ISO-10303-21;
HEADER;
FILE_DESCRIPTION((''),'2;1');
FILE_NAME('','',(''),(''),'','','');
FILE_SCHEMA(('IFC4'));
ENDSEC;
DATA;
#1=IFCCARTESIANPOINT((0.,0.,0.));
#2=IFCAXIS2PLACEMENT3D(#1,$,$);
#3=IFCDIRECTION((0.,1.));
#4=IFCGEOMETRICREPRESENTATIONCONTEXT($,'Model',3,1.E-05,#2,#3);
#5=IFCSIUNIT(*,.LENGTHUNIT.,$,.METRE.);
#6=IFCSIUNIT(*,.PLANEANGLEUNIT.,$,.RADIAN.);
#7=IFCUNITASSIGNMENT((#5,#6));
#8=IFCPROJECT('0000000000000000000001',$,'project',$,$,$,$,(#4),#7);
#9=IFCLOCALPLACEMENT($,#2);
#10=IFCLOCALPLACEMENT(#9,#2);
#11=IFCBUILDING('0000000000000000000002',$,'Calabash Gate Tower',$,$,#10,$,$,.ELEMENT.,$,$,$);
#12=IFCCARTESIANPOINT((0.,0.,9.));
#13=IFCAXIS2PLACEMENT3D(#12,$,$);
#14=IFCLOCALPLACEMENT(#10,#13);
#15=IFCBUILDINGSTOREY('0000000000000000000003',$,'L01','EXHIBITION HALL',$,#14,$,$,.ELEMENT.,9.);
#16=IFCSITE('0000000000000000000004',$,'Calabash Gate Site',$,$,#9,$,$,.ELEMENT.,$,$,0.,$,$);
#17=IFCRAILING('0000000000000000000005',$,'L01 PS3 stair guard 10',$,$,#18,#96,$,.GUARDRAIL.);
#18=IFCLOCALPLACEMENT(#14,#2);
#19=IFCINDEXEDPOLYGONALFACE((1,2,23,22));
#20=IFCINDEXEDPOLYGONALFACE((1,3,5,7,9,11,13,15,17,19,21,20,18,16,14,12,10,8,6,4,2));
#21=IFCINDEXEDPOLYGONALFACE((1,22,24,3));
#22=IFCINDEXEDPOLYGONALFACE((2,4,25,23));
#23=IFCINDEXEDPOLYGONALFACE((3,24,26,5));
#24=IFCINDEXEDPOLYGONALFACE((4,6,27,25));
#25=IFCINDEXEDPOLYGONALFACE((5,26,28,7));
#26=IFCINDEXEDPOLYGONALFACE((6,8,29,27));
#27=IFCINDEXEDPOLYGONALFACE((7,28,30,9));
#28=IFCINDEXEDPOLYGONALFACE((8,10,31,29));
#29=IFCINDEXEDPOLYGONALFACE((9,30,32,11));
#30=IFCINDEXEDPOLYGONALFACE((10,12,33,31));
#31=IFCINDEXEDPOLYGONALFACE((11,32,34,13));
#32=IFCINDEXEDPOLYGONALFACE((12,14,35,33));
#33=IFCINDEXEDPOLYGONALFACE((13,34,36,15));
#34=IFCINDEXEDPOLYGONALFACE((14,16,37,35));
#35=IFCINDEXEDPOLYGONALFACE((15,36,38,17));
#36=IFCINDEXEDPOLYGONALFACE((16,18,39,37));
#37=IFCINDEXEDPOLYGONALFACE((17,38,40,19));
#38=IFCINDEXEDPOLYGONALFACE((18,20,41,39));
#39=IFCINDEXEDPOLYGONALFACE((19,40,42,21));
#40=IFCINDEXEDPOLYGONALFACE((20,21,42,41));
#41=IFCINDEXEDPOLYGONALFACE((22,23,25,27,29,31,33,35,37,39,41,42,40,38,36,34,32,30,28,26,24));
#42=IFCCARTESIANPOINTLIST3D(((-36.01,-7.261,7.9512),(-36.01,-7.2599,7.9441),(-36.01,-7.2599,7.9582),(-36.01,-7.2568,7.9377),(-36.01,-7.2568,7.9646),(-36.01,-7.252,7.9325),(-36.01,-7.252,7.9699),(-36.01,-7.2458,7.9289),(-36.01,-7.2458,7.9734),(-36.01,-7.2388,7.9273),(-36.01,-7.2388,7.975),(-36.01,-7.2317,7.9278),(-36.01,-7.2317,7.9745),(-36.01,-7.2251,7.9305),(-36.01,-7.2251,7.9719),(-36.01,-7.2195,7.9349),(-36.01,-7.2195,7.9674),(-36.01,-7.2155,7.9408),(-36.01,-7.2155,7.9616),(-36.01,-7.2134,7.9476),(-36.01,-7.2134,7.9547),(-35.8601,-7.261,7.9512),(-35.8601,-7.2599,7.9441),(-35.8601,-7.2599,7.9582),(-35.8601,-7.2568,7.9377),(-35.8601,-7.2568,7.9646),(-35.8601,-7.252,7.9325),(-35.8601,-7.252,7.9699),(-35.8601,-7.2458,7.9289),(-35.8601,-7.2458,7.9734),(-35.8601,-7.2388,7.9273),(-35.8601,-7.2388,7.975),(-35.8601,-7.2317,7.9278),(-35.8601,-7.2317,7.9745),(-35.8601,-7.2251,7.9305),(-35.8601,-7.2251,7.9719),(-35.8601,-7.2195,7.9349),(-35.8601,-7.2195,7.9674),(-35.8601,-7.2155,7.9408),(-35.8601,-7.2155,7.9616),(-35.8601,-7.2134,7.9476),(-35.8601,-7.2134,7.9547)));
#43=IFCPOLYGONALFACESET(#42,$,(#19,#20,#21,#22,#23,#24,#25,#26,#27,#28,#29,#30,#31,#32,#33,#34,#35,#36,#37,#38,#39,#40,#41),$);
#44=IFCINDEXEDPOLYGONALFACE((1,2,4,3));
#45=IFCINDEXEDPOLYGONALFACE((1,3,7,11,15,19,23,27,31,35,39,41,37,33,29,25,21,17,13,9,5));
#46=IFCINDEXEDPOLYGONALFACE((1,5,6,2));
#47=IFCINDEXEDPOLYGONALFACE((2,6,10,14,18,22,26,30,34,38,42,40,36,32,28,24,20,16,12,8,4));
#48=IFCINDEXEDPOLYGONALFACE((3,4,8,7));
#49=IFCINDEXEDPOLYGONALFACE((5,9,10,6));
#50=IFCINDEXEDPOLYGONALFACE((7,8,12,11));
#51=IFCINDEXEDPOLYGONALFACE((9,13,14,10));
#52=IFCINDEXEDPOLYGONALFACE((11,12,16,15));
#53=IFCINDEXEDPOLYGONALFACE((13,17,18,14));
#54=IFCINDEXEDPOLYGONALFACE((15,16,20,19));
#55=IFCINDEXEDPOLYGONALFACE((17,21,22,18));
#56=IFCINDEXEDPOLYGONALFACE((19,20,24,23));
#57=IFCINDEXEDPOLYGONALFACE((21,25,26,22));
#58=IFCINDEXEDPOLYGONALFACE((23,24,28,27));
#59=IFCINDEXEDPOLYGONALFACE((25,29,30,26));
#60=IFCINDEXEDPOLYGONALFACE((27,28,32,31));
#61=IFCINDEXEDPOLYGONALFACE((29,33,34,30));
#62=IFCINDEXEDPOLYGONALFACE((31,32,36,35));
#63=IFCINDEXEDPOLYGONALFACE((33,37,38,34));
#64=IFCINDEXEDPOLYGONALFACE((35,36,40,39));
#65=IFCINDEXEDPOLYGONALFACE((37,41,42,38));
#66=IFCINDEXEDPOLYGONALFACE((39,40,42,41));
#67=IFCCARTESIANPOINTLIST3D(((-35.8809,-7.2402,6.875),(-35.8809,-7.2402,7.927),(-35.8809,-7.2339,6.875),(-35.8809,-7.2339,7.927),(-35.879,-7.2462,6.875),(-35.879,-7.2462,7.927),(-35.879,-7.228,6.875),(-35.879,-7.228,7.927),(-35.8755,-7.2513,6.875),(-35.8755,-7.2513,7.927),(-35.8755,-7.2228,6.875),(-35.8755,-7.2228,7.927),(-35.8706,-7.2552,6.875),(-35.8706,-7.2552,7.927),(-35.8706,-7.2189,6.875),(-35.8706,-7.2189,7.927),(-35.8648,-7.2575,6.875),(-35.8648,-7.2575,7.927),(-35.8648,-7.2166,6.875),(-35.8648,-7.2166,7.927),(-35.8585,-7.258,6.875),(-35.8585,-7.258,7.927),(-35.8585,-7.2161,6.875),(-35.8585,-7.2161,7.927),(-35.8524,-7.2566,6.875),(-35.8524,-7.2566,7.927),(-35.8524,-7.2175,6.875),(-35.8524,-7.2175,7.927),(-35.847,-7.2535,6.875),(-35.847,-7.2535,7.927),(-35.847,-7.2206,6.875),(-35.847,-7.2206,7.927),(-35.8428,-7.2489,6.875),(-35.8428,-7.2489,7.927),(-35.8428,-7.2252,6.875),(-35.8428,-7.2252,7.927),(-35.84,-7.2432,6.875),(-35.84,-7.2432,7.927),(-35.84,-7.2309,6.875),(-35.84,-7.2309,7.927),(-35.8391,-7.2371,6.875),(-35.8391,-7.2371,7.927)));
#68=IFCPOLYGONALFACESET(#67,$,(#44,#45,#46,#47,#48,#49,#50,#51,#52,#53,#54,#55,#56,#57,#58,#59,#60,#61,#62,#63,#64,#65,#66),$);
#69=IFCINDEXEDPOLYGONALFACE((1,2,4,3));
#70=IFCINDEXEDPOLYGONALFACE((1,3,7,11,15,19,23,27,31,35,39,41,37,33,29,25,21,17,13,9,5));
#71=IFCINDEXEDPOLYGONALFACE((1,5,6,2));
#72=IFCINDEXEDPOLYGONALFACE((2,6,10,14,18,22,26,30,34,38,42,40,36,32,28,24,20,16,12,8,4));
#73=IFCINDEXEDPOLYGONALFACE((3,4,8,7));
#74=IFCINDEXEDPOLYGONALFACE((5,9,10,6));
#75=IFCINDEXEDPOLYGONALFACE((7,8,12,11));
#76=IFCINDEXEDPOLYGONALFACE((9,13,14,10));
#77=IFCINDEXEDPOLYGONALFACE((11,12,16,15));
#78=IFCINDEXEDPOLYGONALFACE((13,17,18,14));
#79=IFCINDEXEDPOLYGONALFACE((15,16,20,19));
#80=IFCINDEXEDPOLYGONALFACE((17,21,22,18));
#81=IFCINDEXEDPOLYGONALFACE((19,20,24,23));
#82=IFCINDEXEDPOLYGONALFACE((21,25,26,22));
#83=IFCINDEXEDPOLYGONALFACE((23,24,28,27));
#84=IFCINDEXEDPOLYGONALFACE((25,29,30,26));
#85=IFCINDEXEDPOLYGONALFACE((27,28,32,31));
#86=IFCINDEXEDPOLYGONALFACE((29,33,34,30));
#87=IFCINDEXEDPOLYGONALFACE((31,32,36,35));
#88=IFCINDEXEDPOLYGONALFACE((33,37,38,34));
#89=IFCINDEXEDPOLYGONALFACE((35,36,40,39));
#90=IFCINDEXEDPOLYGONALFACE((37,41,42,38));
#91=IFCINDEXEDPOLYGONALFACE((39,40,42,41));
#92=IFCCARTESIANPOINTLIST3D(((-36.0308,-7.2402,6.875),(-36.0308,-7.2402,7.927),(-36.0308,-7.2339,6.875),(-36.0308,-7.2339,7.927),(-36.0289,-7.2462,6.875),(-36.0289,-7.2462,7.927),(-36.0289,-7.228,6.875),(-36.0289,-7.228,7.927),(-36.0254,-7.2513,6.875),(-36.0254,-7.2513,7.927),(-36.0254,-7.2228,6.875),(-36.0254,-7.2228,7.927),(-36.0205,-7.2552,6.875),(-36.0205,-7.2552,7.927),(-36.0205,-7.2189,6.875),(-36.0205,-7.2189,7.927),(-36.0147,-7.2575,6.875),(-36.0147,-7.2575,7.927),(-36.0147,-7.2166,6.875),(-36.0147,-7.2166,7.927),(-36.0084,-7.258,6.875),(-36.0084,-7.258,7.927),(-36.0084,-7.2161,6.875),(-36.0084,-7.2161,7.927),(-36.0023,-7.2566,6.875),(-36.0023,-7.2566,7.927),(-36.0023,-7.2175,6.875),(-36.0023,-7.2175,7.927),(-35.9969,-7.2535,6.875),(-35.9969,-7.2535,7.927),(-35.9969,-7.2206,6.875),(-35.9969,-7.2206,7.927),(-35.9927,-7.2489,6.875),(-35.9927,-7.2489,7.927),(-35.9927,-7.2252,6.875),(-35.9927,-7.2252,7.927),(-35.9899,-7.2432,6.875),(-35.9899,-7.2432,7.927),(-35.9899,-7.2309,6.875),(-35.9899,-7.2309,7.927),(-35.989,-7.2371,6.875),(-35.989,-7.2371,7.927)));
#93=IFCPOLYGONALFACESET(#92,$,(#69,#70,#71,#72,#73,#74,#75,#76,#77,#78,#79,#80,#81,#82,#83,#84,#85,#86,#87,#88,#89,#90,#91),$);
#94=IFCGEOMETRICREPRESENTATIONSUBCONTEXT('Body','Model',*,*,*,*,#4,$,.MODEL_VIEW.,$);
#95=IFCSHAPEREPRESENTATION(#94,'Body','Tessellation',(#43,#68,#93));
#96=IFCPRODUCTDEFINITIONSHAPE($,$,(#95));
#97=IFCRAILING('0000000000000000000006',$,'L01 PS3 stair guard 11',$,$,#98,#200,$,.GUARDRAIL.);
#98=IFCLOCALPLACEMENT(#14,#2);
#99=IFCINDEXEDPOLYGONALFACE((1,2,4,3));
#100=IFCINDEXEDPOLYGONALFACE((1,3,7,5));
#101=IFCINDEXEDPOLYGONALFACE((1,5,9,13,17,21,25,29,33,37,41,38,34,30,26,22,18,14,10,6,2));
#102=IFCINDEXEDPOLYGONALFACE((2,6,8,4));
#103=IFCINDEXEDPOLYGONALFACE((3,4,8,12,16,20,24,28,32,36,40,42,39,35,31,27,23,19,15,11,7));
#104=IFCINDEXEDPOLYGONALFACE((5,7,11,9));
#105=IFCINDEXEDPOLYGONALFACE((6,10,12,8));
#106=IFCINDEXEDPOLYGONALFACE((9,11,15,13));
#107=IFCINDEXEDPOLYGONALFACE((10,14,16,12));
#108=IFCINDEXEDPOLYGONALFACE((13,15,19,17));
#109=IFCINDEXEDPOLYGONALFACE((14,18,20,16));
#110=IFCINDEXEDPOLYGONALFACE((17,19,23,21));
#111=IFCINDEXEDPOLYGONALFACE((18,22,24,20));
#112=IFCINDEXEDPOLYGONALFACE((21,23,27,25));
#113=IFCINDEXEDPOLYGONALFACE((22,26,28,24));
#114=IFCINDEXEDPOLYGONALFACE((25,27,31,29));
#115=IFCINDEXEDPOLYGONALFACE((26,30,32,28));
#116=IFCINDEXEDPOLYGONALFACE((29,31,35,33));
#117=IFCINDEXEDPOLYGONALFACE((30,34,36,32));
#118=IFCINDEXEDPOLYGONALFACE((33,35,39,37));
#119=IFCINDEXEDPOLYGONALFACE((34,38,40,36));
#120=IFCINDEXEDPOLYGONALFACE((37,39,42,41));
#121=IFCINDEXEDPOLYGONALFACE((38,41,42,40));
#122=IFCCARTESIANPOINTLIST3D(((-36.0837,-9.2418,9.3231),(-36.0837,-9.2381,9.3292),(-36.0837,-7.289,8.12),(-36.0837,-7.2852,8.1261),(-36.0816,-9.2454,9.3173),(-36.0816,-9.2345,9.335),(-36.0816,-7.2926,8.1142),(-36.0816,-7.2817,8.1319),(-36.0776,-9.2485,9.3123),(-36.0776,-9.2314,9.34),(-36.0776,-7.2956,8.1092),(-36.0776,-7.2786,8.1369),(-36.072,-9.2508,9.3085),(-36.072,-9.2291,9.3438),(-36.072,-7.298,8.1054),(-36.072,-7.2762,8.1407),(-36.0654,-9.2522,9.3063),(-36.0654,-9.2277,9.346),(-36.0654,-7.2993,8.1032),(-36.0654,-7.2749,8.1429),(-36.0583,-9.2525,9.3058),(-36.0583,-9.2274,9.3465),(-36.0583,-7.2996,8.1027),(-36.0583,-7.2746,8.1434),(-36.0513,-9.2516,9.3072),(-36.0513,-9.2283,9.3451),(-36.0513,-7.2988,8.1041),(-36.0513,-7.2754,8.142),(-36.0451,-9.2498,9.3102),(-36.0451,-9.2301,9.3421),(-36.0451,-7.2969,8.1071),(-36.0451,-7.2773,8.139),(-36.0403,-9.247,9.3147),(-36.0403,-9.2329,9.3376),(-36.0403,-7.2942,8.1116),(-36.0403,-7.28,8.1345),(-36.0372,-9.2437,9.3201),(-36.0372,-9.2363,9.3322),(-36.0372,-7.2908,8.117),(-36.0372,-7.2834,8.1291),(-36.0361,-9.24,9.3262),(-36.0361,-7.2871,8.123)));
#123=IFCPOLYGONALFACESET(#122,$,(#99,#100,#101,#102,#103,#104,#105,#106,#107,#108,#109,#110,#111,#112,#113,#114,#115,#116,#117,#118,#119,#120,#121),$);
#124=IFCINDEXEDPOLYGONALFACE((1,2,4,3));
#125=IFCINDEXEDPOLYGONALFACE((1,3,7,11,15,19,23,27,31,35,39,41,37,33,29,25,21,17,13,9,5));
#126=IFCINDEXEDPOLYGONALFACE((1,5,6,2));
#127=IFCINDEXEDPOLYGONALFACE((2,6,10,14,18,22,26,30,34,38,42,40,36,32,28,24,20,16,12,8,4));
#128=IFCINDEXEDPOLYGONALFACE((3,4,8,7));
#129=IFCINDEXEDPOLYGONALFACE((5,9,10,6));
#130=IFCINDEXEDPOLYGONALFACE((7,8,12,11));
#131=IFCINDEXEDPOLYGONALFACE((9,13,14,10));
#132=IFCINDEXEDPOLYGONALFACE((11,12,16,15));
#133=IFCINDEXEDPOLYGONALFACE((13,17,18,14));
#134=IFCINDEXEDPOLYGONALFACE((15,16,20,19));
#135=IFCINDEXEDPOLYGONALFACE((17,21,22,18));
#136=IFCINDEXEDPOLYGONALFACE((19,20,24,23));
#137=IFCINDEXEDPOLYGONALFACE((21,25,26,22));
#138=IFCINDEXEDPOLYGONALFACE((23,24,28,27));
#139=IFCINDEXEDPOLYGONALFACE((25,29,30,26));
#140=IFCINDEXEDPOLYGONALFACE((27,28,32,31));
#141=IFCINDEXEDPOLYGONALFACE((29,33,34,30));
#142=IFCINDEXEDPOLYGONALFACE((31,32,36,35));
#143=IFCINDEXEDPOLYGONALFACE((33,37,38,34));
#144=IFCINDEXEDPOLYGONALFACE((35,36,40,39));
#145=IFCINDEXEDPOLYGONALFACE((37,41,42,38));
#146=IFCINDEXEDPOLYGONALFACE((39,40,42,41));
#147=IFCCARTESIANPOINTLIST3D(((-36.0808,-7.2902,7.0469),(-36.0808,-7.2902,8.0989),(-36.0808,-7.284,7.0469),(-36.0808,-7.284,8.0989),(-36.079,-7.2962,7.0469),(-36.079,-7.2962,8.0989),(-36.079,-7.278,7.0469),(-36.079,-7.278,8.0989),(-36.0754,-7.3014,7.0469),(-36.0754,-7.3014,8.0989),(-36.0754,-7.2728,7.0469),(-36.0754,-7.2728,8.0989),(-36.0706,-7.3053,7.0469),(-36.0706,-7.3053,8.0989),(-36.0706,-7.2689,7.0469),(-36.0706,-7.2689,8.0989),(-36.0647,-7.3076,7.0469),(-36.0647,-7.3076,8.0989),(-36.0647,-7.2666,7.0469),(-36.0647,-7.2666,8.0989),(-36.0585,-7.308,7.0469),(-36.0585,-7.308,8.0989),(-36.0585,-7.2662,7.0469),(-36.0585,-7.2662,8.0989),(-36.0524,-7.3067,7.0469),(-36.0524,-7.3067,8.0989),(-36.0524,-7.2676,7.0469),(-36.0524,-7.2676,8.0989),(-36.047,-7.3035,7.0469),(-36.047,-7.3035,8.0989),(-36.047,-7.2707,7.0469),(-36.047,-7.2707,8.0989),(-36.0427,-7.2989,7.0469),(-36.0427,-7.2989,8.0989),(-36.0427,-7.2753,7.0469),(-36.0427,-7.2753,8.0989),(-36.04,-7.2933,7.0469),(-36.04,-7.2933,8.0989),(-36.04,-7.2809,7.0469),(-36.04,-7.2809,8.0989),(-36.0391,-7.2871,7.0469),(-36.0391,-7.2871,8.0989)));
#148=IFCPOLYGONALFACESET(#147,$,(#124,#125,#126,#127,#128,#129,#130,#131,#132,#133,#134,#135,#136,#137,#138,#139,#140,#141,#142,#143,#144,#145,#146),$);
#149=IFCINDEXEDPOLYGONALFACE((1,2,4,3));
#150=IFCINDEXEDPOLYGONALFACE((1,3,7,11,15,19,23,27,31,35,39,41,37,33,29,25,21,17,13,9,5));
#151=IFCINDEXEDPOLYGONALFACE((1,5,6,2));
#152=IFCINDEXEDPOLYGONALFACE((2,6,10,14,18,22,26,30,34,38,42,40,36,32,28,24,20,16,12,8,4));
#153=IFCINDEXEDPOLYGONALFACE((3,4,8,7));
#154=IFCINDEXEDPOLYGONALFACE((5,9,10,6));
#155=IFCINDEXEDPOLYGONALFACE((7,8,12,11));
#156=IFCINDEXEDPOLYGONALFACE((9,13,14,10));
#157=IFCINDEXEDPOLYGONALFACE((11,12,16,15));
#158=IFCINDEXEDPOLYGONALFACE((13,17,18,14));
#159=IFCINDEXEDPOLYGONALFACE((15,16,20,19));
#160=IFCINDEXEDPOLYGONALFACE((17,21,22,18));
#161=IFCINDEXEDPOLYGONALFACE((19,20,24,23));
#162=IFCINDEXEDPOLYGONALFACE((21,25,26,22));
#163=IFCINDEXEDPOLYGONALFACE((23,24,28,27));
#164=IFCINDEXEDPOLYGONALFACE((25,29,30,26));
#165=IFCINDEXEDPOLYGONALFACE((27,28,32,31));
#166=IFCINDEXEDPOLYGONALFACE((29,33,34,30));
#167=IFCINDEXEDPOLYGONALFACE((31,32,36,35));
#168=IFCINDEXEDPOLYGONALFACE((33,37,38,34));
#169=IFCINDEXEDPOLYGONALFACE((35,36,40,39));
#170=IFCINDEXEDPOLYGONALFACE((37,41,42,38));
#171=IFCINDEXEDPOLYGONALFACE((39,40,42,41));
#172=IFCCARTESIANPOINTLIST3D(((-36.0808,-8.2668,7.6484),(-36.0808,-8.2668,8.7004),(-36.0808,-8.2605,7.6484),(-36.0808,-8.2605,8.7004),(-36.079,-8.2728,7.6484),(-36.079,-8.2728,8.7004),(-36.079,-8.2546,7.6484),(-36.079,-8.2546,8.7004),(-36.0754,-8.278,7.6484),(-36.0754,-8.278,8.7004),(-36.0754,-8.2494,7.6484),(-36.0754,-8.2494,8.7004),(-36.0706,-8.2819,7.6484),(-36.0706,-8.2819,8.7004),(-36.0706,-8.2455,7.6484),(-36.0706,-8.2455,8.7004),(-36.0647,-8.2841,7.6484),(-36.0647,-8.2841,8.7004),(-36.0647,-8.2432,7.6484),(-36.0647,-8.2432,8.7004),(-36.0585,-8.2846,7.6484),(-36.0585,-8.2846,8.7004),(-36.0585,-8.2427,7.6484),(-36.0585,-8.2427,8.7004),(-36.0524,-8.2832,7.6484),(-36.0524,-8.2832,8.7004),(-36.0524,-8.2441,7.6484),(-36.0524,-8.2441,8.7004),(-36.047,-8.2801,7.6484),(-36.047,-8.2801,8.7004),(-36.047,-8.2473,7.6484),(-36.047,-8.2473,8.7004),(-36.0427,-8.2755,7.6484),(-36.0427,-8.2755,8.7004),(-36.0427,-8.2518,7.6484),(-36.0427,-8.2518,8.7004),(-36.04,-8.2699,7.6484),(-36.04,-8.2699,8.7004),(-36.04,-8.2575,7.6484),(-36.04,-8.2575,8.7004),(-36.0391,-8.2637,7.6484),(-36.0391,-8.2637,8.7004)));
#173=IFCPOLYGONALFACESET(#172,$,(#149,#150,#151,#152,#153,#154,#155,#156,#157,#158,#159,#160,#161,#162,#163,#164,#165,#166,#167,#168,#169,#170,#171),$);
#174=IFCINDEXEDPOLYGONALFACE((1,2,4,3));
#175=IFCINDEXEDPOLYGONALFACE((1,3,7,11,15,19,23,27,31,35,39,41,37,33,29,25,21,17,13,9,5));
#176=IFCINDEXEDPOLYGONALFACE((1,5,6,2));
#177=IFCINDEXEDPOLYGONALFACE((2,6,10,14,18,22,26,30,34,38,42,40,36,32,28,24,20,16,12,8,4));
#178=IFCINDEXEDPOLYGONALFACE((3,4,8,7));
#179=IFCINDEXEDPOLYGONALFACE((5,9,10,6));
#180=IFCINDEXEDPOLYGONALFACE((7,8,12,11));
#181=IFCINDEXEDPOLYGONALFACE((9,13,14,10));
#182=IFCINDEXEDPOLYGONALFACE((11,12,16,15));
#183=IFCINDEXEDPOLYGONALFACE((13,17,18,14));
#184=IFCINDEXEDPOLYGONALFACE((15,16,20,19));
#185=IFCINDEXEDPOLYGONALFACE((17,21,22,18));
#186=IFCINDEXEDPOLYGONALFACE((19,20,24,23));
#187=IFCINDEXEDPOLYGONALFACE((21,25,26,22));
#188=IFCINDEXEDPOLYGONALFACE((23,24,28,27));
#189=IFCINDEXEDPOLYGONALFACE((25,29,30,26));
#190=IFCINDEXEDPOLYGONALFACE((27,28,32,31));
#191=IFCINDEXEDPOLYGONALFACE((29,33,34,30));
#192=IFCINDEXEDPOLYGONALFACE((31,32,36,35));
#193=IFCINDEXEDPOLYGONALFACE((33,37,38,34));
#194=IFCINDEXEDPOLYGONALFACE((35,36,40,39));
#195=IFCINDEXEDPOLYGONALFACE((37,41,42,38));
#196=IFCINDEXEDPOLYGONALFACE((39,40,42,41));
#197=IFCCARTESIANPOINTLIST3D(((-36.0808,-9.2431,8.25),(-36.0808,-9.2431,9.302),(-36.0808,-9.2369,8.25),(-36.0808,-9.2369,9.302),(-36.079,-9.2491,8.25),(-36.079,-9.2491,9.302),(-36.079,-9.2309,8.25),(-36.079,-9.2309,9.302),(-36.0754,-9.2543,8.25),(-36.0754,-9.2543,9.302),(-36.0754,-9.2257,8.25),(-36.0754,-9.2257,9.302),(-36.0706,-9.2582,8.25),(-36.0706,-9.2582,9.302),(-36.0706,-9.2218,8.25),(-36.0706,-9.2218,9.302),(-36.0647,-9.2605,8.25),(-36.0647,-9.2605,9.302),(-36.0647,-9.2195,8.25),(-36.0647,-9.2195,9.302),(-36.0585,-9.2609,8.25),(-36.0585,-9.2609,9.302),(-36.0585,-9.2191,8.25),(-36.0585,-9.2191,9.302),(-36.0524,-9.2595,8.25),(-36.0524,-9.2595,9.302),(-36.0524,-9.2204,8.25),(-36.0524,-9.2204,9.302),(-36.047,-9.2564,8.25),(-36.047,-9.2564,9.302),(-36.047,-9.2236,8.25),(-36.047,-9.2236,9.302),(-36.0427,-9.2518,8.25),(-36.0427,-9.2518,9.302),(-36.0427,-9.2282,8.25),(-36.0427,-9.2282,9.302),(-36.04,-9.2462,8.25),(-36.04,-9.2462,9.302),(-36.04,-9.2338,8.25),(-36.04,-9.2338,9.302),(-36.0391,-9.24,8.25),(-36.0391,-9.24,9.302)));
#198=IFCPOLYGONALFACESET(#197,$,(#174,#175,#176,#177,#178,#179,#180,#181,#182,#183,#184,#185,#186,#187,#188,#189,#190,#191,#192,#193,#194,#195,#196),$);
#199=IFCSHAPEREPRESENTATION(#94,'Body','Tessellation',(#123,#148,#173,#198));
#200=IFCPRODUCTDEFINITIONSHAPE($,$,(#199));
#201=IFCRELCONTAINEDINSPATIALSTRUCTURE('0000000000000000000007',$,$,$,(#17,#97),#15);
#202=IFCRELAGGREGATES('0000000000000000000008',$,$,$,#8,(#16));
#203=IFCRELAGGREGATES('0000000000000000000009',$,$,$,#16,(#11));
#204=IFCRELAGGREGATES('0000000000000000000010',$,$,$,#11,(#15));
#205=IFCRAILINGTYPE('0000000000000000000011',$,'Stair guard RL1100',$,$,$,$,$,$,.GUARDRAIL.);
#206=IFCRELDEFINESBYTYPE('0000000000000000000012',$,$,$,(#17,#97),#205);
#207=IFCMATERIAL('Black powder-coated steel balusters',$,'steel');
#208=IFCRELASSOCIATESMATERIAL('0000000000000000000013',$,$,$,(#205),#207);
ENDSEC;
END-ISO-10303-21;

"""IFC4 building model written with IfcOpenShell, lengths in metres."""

from ifc_helpers import new_model, si_unit, direction, frame, origin, origin_2d, place, context, subcontext, project, spatial, circle, extrude, material, type_object, element, save


model = new_model("IFC4")

# Units and contexts
model_context = context("Model", 3, precision=1e-05, world=origin(), true_north=direction((0.0, 1.0)))
body_context = subcontext(model_context, "Body", "Model", "MODEL_VIEW")
ifc_project = project(units=[si_unit("LENGTHUNIT", "METRE"), si_unit("PLANEANGLEUNIT", "RADIAN")], contexts=[model_context])

# Site, building, storey
site_placement = place(None, origin())
site = spatial("IfcSite", under=ifc_project, at=site_placement, Name="Calabash Gate Site", CompositionType="ELEMENT", RefElevation=0.0)
building_placement = place(site_placement, origin())
building = spatial("IfcBuilding", under=site, at=building_placement, Name="Calabash Gate Tower", CompositionType="ELEMENT")
storey_placement = place(building_placement, frame((0.0, 0.0, 9.0)))
storey = spatial("IfcBuildingStorey", under=building, at=storey_placement, Name="L01", Description="EXHIBITION HALL", CompositionType="ELEMENT", Elevation=9.0)

# Railings
ifc_material_1 = material(Name="Black powder-coated steel balusters", Category="steel")
railing_type_1 = type_object("IfcRailingType", Name="Stair guard RL1100", PredefinedType="GUARDRAIL", material=ifc_material_1)
for number, where, name in (
    (1, (-35.8601, -7.2371, 6.875), "L01 PS3 stair guard 10"),
):
    element("IfcRailing", number, at=place(storey_placement, frame(where)), inside=storey, type_object=railing_type_1, Name=name, PredefinedType="GUARDRAIL", context=body_context, shape_type="SweptSolid", body=[
        extrude(circle(Radius=0.0239, at=origin_2d()), frame((0.0, 0.0, 1.0762), z_axis=(-1.0, 0.0, 0.0), x_axis=(0.0, -1.0, 0.0)), (0.0, 0.0, 1.0), 0.1499),
        extrude(circle(Radius=0.021, at=origin_2d()), origin(), (0.0, 0.0, 1.0), 1.052),
        extrude(circle(Radius=0.021, at=origin_2d()), frame((-0.1499, 0.0, 0.0)), (0.0, 0.0, 1.0), 1.052),
    ])
railing_1_placement = place(storey_placement, frame((-36.0601, -7.2871, 7.0469)))
element("IfcRailing", 2, at=railing_1_placement, inside=storey, type_object=railing_type_1, Name="L01 PS3 stair guard 11", PredefinedType="GUARDRAIL", context=body_context, shape_type="SweptSolid", body=[
    extrude(circle(Radius=0.0239, at=origin_2d()), frame((0.0, 0.0, 1.0762), z_axis=(0.0, -0.851395, 0.524525), x_axis=(1.0, 0.0, 0.0)), (0.0, 0.0, 1.0), 2.2937),
    extrude(circle(Radius=0.021, at=origin_2d()), origin(), (0.0, 0.0, 1.0), 1.052),
    extrude(circle(Radius=0.021, at=origin_2d()), frame((0.0, -0.9766, 0.6016)), (0.0, 0.0, 1.0), 1.052),
    extrude(circle(Radius=0.021, at=origin_2d()), frame((0.0, -1.9529, 1.2031)), (0.0, 0.0, 1.0), 1.052),
])

save(model, "model.ifc")
